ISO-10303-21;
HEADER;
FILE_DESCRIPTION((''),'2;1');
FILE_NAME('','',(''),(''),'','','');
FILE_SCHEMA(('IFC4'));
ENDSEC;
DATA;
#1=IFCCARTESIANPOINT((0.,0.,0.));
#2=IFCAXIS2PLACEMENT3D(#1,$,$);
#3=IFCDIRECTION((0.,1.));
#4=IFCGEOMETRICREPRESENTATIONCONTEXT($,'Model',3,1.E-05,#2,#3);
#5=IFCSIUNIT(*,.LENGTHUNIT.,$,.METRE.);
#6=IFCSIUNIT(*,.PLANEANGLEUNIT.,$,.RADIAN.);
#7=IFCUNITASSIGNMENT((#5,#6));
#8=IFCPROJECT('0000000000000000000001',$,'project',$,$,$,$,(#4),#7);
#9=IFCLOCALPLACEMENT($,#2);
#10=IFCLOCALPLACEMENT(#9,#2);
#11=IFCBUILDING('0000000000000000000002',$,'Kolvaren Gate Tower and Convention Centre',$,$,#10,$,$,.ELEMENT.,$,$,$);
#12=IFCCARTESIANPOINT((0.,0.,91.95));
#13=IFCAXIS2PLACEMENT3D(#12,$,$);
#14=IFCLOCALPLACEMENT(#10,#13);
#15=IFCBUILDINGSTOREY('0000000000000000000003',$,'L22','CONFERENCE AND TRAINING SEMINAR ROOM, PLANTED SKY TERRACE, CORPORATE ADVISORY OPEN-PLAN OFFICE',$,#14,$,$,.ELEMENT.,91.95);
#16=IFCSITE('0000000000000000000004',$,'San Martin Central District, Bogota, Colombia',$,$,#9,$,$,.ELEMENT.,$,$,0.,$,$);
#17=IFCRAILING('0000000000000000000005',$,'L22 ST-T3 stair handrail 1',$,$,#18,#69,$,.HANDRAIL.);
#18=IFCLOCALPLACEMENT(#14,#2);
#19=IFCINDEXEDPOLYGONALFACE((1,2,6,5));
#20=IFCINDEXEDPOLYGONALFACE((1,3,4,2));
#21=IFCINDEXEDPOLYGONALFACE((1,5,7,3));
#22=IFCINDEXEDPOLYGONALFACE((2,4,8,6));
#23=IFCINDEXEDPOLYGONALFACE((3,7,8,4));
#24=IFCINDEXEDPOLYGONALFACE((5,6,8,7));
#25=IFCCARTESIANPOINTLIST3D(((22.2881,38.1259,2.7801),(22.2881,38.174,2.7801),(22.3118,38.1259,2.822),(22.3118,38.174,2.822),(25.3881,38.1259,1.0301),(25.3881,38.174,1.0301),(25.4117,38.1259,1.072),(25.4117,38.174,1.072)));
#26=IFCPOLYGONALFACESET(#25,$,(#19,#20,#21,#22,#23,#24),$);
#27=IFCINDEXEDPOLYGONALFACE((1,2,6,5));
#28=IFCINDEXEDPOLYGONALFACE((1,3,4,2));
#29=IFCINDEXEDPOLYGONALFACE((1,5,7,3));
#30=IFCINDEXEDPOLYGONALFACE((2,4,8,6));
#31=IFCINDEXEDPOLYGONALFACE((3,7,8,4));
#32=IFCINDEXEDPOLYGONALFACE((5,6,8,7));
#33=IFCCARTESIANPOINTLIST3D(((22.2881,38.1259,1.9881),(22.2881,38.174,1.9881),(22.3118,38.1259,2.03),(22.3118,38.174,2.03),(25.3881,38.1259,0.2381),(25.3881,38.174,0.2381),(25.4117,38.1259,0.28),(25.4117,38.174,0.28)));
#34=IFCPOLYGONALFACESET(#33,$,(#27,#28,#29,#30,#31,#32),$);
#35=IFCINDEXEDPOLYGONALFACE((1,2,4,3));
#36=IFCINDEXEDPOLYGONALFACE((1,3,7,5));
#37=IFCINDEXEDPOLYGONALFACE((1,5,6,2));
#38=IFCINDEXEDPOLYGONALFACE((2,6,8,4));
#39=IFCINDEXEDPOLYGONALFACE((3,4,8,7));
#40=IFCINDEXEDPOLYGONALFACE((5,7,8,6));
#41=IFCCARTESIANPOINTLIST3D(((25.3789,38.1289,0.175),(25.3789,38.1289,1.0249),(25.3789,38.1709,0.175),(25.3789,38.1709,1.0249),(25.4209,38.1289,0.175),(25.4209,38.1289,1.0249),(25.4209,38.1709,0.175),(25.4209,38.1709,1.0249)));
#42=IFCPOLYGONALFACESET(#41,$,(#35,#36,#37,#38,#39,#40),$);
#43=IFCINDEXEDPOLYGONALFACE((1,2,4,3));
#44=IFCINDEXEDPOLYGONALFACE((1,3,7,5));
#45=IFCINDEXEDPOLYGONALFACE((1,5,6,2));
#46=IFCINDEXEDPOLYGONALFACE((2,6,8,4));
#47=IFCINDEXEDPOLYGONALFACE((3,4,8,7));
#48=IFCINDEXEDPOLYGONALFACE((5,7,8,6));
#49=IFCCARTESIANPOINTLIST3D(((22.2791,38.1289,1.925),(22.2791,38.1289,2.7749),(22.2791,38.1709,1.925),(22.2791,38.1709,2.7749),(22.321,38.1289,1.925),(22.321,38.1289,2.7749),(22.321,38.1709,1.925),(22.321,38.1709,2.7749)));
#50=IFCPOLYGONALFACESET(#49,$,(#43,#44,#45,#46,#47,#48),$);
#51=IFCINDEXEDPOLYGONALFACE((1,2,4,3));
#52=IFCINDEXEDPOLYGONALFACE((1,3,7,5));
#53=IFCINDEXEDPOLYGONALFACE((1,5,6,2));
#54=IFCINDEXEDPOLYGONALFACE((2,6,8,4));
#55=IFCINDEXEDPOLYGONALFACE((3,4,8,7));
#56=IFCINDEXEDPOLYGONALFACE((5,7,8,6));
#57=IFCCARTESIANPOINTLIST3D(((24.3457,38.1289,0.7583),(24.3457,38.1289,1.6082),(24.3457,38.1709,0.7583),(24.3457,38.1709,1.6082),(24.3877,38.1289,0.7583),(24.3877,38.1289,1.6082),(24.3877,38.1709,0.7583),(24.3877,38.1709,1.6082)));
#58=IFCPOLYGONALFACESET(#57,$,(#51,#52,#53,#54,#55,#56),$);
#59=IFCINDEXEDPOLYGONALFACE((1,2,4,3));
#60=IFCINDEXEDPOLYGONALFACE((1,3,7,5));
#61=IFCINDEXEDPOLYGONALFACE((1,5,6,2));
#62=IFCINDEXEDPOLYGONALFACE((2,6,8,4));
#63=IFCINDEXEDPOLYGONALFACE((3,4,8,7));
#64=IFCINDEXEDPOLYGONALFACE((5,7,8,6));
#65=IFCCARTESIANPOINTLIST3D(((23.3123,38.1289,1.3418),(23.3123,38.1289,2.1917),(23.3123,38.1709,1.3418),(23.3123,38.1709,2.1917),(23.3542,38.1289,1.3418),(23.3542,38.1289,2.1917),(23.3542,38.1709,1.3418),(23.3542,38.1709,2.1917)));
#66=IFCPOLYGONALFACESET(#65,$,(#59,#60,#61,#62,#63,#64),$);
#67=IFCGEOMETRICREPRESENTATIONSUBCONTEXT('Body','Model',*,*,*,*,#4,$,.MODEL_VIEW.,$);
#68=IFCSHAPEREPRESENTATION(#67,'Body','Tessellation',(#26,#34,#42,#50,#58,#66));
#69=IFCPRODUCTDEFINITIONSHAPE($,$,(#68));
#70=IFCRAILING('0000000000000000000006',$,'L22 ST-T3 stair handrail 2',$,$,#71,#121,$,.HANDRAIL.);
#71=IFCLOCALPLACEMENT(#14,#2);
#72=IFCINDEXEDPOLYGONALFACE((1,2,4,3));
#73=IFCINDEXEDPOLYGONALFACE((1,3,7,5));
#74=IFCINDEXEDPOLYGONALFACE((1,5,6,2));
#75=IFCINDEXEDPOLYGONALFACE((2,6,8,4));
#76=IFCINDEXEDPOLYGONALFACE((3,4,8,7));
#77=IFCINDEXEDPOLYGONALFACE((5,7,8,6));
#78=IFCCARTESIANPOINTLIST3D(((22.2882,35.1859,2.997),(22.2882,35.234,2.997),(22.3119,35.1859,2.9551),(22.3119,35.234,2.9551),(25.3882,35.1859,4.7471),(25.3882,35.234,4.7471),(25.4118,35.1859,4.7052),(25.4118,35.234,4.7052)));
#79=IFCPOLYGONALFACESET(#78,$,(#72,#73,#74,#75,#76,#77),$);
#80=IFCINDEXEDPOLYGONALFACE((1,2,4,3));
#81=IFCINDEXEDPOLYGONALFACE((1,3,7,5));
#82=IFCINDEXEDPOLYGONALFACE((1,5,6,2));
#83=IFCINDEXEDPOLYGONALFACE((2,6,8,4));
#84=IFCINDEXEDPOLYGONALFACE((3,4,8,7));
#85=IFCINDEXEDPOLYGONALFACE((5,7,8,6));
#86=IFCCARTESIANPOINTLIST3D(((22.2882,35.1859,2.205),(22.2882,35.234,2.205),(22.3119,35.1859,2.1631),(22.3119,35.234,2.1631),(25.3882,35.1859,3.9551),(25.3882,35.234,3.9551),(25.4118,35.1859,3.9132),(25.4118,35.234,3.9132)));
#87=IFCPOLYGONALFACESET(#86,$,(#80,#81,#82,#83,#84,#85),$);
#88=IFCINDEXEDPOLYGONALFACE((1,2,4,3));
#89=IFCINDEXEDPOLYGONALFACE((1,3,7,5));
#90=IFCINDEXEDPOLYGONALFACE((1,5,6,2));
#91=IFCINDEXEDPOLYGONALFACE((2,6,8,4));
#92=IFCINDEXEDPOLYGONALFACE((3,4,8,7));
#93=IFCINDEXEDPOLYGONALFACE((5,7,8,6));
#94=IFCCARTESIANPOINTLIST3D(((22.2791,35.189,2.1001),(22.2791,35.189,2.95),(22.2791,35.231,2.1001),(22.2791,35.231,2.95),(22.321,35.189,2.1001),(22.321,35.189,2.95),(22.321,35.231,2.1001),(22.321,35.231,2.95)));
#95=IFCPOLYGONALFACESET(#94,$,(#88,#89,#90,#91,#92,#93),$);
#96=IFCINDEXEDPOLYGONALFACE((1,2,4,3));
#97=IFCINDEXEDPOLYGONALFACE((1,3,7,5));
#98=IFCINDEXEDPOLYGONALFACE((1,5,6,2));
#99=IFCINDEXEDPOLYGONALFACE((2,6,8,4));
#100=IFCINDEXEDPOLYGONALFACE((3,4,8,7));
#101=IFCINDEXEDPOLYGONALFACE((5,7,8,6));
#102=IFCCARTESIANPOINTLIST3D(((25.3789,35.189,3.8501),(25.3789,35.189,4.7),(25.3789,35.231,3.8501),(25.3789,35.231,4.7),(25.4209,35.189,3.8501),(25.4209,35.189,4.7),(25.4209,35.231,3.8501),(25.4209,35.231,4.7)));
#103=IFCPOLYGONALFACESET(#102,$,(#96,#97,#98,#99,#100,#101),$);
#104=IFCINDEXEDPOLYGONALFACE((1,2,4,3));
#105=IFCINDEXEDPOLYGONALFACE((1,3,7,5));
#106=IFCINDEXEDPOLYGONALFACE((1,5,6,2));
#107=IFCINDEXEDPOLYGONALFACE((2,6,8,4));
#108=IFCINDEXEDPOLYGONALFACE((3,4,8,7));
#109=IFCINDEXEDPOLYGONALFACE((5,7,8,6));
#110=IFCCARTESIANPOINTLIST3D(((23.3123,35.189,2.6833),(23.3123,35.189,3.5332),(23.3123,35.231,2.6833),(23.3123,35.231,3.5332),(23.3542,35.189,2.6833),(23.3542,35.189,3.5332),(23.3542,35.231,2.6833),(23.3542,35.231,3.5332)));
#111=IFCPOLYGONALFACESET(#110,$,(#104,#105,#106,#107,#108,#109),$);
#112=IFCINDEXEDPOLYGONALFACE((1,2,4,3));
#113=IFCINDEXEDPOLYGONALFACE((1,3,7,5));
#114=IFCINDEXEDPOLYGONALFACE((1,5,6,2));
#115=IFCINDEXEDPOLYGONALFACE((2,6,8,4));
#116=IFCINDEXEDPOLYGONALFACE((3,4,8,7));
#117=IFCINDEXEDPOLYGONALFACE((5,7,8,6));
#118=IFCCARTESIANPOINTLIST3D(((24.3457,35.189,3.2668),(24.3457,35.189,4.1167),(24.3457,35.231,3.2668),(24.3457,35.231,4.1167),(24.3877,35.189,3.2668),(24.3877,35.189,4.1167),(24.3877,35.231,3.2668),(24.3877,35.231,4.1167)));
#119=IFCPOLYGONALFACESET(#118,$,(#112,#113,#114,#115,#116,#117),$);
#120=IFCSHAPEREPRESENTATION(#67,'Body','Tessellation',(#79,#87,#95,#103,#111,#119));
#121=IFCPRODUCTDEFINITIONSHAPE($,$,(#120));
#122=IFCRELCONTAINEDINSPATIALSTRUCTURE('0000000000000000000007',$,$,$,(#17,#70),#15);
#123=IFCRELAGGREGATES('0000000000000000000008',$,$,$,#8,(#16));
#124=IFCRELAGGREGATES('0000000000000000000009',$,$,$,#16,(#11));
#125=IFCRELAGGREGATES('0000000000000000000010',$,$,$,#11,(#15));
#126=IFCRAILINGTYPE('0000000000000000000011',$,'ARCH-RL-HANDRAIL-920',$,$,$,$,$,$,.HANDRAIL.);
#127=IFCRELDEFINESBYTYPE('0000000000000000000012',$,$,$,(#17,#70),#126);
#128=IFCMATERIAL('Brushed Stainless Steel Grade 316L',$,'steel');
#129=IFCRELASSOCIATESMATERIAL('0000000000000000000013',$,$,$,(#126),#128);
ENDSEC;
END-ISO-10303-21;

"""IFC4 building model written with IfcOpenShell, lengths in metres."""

from ifc_helpers import new_model, si_unit, direction, frame, origin, origin_2d, place, context, subcontext, project, spatial, rectangle, extrude, material, type_object, element, save


model = new_model("IFC4")

# Units and contexts
model_context = context("Model", 3, precision=1e-05, world=origin(), true_north=direction((0.0, 1.0)))
body_context = subcontext(model_context, "Body", "Model", "MODEL_VIEW")
ifc_project = project(units=[si_unit("LENGTHUNIT", "METRE"), si_unit("PLANEANGLEUNIT", "RADIAN")], contexts=[model_context])

# Site, building, storey
site_placement = place(None, origin())
site = spatial("IfcSite", under=ifc_project, at=site_placement, Name="San Martin Central District, Bogota, Colombia", CompositionType="ELEMENT", RefElevation=0.0)
building_placement = place(site_placement, origin())
building = spatial("IfcBuilding", under=site, at=building_placement, Name="Kolvaren Gate Tower and Convention Centre", CompositionType="ELEMENT")
storey_placement = place(building_placement, frame((0.0, 0.0, 91.95)))
storey = spatial("IfcBuildingStorey", under=building, at=storey_placement, Name="L22", Description="CONFERENCE AND TRAINING SEMINAR ROOM, PLANTED SKY TERRACE, CORPORATE ADVISORY OPEN-PLAN OFFICE", CompositionType="ELEMENT", Elevation=91.95)

# Railings
ifc_material_1 = material(Name="Brushed Stainless Steel Grade 316L", Category="steel")
railing_type_1 = type_object("IfcRailingType", Name="ARCH-RL-HANDRAIL-920", PredefinedType="HANDRAIL", material=ifc_material_1)
railing_1_placement = place(storey_placement, frame((25.3999, 38.1499, 0.175)))
element("IfcRailing", 1, at=railing_1_placement, inside=storey, type_object=railing_type_1, Name="L22 ST-T3 stair handrail 1", PredefinedType="HANDRAIL", context=body_context, shape_type="SweptSolid", body=[
    extrude(rectangle(XDim=0.0481, YDim=0.0481, at=origin_2d()), frame((0.0, 0.0, 0.876), z_axis=(-0.870814, 0.0, 0.491612), x_axis=(0.0, -1.0, 0.0)), (0.0, 0.0, 1.0), 3.5598),
    extrude(rectangle(XDim=0.0481, YDim=0.0481, at=origin_2d()), frame((0.0, 0.0, 0.084), z_axis=(-0.870814, 0.0, 0.491612), x_axis=(0.0, -1.0, 0.0)), (0.0, 0.0, 1.0), 3.5598),
    extrude(rectangle(XDim=0.042, YDim=0.042, at=origin_2d()), origin(), (0.0, 0.0, 1.0), 0.8499),
    extrude(rectangle(XDim=0.042, YDim=0.042, at=origin_2d()), frame((-3.0999, 0.0, 1.75)), (0.0, 0.0, 1.0), 0.8499),
    extrude(rectangle(XDim=0.042, YDim=0.042, at=origin_2d()), frame((-1.0332, 0.0, 0.5833)), (0.0, 0.0, 1.0), 0.8499),
    extrude(rectangle(XDim=0.042, YDim=0.042, at=origin_2d()), frame((-2.0667, 0.0, 1.1667)), (0.0, 0.0, 1.0), 0.8499),
])
railing_2_placement = place(storey_placement, frame((22.3, 35.21, 2.1001)))
element("IfcRailing", 2, at=railing_2_placement, inside=storey, type_object=railing_type_1, Name="L22 ST-T3 stair handrail 2", PredefinedType="HANDRAIL", context=body_context, shape_type="SweptSolid", body=[
    extrude(rectangle(XDim=0.0481, YDim=0.0481, at=origin_2d()), frame((0.0, 0.0, 0.876), z_axis=(0.870814, 0.0, 0.491612), x_axis=(0.0, 1.0, 0.0)), (0.0, 0.0, 1.0), 3.5598),
    extrude(rectangle(XDim=0.0481, YDim=0.0481, at=origin_2d()), frame((0.0, 0.0, 0.084), z_axis=(0.870814, 0.0, 0.491612), x_axis=(0.0, 1.0, 0.0)), (0.0, 0.0, 1.0), 3.5598),
    extrude(rectangle(XDim=0.042, YDim=0.042, at=origin_2d()), origin(), (0.0, 0.0, 1.0), 0.8499),
    extrude(rectangle(XDim=0.042, YDim=0.042, at=origin_2d()), frame((3.0999, 0.0, 1.75)), (0.0, 0.0, 1.0), 0.8499),
    extrude(rectangle(XDim=0.042, YDim=0.042, at=origin_2d()), frame((1.0332, 0.0, 0.5833)), (0.0, 0.0, 1.0), 0.8499),
    extrude(rectangle(XDim=0.042, YDim=0.042, at=origin_2d()), frame((2.0667, 0.0, 1.1667)), (0.0, 0.0, 1.0), 0.8499),
])

save(model, "model.ifc")
